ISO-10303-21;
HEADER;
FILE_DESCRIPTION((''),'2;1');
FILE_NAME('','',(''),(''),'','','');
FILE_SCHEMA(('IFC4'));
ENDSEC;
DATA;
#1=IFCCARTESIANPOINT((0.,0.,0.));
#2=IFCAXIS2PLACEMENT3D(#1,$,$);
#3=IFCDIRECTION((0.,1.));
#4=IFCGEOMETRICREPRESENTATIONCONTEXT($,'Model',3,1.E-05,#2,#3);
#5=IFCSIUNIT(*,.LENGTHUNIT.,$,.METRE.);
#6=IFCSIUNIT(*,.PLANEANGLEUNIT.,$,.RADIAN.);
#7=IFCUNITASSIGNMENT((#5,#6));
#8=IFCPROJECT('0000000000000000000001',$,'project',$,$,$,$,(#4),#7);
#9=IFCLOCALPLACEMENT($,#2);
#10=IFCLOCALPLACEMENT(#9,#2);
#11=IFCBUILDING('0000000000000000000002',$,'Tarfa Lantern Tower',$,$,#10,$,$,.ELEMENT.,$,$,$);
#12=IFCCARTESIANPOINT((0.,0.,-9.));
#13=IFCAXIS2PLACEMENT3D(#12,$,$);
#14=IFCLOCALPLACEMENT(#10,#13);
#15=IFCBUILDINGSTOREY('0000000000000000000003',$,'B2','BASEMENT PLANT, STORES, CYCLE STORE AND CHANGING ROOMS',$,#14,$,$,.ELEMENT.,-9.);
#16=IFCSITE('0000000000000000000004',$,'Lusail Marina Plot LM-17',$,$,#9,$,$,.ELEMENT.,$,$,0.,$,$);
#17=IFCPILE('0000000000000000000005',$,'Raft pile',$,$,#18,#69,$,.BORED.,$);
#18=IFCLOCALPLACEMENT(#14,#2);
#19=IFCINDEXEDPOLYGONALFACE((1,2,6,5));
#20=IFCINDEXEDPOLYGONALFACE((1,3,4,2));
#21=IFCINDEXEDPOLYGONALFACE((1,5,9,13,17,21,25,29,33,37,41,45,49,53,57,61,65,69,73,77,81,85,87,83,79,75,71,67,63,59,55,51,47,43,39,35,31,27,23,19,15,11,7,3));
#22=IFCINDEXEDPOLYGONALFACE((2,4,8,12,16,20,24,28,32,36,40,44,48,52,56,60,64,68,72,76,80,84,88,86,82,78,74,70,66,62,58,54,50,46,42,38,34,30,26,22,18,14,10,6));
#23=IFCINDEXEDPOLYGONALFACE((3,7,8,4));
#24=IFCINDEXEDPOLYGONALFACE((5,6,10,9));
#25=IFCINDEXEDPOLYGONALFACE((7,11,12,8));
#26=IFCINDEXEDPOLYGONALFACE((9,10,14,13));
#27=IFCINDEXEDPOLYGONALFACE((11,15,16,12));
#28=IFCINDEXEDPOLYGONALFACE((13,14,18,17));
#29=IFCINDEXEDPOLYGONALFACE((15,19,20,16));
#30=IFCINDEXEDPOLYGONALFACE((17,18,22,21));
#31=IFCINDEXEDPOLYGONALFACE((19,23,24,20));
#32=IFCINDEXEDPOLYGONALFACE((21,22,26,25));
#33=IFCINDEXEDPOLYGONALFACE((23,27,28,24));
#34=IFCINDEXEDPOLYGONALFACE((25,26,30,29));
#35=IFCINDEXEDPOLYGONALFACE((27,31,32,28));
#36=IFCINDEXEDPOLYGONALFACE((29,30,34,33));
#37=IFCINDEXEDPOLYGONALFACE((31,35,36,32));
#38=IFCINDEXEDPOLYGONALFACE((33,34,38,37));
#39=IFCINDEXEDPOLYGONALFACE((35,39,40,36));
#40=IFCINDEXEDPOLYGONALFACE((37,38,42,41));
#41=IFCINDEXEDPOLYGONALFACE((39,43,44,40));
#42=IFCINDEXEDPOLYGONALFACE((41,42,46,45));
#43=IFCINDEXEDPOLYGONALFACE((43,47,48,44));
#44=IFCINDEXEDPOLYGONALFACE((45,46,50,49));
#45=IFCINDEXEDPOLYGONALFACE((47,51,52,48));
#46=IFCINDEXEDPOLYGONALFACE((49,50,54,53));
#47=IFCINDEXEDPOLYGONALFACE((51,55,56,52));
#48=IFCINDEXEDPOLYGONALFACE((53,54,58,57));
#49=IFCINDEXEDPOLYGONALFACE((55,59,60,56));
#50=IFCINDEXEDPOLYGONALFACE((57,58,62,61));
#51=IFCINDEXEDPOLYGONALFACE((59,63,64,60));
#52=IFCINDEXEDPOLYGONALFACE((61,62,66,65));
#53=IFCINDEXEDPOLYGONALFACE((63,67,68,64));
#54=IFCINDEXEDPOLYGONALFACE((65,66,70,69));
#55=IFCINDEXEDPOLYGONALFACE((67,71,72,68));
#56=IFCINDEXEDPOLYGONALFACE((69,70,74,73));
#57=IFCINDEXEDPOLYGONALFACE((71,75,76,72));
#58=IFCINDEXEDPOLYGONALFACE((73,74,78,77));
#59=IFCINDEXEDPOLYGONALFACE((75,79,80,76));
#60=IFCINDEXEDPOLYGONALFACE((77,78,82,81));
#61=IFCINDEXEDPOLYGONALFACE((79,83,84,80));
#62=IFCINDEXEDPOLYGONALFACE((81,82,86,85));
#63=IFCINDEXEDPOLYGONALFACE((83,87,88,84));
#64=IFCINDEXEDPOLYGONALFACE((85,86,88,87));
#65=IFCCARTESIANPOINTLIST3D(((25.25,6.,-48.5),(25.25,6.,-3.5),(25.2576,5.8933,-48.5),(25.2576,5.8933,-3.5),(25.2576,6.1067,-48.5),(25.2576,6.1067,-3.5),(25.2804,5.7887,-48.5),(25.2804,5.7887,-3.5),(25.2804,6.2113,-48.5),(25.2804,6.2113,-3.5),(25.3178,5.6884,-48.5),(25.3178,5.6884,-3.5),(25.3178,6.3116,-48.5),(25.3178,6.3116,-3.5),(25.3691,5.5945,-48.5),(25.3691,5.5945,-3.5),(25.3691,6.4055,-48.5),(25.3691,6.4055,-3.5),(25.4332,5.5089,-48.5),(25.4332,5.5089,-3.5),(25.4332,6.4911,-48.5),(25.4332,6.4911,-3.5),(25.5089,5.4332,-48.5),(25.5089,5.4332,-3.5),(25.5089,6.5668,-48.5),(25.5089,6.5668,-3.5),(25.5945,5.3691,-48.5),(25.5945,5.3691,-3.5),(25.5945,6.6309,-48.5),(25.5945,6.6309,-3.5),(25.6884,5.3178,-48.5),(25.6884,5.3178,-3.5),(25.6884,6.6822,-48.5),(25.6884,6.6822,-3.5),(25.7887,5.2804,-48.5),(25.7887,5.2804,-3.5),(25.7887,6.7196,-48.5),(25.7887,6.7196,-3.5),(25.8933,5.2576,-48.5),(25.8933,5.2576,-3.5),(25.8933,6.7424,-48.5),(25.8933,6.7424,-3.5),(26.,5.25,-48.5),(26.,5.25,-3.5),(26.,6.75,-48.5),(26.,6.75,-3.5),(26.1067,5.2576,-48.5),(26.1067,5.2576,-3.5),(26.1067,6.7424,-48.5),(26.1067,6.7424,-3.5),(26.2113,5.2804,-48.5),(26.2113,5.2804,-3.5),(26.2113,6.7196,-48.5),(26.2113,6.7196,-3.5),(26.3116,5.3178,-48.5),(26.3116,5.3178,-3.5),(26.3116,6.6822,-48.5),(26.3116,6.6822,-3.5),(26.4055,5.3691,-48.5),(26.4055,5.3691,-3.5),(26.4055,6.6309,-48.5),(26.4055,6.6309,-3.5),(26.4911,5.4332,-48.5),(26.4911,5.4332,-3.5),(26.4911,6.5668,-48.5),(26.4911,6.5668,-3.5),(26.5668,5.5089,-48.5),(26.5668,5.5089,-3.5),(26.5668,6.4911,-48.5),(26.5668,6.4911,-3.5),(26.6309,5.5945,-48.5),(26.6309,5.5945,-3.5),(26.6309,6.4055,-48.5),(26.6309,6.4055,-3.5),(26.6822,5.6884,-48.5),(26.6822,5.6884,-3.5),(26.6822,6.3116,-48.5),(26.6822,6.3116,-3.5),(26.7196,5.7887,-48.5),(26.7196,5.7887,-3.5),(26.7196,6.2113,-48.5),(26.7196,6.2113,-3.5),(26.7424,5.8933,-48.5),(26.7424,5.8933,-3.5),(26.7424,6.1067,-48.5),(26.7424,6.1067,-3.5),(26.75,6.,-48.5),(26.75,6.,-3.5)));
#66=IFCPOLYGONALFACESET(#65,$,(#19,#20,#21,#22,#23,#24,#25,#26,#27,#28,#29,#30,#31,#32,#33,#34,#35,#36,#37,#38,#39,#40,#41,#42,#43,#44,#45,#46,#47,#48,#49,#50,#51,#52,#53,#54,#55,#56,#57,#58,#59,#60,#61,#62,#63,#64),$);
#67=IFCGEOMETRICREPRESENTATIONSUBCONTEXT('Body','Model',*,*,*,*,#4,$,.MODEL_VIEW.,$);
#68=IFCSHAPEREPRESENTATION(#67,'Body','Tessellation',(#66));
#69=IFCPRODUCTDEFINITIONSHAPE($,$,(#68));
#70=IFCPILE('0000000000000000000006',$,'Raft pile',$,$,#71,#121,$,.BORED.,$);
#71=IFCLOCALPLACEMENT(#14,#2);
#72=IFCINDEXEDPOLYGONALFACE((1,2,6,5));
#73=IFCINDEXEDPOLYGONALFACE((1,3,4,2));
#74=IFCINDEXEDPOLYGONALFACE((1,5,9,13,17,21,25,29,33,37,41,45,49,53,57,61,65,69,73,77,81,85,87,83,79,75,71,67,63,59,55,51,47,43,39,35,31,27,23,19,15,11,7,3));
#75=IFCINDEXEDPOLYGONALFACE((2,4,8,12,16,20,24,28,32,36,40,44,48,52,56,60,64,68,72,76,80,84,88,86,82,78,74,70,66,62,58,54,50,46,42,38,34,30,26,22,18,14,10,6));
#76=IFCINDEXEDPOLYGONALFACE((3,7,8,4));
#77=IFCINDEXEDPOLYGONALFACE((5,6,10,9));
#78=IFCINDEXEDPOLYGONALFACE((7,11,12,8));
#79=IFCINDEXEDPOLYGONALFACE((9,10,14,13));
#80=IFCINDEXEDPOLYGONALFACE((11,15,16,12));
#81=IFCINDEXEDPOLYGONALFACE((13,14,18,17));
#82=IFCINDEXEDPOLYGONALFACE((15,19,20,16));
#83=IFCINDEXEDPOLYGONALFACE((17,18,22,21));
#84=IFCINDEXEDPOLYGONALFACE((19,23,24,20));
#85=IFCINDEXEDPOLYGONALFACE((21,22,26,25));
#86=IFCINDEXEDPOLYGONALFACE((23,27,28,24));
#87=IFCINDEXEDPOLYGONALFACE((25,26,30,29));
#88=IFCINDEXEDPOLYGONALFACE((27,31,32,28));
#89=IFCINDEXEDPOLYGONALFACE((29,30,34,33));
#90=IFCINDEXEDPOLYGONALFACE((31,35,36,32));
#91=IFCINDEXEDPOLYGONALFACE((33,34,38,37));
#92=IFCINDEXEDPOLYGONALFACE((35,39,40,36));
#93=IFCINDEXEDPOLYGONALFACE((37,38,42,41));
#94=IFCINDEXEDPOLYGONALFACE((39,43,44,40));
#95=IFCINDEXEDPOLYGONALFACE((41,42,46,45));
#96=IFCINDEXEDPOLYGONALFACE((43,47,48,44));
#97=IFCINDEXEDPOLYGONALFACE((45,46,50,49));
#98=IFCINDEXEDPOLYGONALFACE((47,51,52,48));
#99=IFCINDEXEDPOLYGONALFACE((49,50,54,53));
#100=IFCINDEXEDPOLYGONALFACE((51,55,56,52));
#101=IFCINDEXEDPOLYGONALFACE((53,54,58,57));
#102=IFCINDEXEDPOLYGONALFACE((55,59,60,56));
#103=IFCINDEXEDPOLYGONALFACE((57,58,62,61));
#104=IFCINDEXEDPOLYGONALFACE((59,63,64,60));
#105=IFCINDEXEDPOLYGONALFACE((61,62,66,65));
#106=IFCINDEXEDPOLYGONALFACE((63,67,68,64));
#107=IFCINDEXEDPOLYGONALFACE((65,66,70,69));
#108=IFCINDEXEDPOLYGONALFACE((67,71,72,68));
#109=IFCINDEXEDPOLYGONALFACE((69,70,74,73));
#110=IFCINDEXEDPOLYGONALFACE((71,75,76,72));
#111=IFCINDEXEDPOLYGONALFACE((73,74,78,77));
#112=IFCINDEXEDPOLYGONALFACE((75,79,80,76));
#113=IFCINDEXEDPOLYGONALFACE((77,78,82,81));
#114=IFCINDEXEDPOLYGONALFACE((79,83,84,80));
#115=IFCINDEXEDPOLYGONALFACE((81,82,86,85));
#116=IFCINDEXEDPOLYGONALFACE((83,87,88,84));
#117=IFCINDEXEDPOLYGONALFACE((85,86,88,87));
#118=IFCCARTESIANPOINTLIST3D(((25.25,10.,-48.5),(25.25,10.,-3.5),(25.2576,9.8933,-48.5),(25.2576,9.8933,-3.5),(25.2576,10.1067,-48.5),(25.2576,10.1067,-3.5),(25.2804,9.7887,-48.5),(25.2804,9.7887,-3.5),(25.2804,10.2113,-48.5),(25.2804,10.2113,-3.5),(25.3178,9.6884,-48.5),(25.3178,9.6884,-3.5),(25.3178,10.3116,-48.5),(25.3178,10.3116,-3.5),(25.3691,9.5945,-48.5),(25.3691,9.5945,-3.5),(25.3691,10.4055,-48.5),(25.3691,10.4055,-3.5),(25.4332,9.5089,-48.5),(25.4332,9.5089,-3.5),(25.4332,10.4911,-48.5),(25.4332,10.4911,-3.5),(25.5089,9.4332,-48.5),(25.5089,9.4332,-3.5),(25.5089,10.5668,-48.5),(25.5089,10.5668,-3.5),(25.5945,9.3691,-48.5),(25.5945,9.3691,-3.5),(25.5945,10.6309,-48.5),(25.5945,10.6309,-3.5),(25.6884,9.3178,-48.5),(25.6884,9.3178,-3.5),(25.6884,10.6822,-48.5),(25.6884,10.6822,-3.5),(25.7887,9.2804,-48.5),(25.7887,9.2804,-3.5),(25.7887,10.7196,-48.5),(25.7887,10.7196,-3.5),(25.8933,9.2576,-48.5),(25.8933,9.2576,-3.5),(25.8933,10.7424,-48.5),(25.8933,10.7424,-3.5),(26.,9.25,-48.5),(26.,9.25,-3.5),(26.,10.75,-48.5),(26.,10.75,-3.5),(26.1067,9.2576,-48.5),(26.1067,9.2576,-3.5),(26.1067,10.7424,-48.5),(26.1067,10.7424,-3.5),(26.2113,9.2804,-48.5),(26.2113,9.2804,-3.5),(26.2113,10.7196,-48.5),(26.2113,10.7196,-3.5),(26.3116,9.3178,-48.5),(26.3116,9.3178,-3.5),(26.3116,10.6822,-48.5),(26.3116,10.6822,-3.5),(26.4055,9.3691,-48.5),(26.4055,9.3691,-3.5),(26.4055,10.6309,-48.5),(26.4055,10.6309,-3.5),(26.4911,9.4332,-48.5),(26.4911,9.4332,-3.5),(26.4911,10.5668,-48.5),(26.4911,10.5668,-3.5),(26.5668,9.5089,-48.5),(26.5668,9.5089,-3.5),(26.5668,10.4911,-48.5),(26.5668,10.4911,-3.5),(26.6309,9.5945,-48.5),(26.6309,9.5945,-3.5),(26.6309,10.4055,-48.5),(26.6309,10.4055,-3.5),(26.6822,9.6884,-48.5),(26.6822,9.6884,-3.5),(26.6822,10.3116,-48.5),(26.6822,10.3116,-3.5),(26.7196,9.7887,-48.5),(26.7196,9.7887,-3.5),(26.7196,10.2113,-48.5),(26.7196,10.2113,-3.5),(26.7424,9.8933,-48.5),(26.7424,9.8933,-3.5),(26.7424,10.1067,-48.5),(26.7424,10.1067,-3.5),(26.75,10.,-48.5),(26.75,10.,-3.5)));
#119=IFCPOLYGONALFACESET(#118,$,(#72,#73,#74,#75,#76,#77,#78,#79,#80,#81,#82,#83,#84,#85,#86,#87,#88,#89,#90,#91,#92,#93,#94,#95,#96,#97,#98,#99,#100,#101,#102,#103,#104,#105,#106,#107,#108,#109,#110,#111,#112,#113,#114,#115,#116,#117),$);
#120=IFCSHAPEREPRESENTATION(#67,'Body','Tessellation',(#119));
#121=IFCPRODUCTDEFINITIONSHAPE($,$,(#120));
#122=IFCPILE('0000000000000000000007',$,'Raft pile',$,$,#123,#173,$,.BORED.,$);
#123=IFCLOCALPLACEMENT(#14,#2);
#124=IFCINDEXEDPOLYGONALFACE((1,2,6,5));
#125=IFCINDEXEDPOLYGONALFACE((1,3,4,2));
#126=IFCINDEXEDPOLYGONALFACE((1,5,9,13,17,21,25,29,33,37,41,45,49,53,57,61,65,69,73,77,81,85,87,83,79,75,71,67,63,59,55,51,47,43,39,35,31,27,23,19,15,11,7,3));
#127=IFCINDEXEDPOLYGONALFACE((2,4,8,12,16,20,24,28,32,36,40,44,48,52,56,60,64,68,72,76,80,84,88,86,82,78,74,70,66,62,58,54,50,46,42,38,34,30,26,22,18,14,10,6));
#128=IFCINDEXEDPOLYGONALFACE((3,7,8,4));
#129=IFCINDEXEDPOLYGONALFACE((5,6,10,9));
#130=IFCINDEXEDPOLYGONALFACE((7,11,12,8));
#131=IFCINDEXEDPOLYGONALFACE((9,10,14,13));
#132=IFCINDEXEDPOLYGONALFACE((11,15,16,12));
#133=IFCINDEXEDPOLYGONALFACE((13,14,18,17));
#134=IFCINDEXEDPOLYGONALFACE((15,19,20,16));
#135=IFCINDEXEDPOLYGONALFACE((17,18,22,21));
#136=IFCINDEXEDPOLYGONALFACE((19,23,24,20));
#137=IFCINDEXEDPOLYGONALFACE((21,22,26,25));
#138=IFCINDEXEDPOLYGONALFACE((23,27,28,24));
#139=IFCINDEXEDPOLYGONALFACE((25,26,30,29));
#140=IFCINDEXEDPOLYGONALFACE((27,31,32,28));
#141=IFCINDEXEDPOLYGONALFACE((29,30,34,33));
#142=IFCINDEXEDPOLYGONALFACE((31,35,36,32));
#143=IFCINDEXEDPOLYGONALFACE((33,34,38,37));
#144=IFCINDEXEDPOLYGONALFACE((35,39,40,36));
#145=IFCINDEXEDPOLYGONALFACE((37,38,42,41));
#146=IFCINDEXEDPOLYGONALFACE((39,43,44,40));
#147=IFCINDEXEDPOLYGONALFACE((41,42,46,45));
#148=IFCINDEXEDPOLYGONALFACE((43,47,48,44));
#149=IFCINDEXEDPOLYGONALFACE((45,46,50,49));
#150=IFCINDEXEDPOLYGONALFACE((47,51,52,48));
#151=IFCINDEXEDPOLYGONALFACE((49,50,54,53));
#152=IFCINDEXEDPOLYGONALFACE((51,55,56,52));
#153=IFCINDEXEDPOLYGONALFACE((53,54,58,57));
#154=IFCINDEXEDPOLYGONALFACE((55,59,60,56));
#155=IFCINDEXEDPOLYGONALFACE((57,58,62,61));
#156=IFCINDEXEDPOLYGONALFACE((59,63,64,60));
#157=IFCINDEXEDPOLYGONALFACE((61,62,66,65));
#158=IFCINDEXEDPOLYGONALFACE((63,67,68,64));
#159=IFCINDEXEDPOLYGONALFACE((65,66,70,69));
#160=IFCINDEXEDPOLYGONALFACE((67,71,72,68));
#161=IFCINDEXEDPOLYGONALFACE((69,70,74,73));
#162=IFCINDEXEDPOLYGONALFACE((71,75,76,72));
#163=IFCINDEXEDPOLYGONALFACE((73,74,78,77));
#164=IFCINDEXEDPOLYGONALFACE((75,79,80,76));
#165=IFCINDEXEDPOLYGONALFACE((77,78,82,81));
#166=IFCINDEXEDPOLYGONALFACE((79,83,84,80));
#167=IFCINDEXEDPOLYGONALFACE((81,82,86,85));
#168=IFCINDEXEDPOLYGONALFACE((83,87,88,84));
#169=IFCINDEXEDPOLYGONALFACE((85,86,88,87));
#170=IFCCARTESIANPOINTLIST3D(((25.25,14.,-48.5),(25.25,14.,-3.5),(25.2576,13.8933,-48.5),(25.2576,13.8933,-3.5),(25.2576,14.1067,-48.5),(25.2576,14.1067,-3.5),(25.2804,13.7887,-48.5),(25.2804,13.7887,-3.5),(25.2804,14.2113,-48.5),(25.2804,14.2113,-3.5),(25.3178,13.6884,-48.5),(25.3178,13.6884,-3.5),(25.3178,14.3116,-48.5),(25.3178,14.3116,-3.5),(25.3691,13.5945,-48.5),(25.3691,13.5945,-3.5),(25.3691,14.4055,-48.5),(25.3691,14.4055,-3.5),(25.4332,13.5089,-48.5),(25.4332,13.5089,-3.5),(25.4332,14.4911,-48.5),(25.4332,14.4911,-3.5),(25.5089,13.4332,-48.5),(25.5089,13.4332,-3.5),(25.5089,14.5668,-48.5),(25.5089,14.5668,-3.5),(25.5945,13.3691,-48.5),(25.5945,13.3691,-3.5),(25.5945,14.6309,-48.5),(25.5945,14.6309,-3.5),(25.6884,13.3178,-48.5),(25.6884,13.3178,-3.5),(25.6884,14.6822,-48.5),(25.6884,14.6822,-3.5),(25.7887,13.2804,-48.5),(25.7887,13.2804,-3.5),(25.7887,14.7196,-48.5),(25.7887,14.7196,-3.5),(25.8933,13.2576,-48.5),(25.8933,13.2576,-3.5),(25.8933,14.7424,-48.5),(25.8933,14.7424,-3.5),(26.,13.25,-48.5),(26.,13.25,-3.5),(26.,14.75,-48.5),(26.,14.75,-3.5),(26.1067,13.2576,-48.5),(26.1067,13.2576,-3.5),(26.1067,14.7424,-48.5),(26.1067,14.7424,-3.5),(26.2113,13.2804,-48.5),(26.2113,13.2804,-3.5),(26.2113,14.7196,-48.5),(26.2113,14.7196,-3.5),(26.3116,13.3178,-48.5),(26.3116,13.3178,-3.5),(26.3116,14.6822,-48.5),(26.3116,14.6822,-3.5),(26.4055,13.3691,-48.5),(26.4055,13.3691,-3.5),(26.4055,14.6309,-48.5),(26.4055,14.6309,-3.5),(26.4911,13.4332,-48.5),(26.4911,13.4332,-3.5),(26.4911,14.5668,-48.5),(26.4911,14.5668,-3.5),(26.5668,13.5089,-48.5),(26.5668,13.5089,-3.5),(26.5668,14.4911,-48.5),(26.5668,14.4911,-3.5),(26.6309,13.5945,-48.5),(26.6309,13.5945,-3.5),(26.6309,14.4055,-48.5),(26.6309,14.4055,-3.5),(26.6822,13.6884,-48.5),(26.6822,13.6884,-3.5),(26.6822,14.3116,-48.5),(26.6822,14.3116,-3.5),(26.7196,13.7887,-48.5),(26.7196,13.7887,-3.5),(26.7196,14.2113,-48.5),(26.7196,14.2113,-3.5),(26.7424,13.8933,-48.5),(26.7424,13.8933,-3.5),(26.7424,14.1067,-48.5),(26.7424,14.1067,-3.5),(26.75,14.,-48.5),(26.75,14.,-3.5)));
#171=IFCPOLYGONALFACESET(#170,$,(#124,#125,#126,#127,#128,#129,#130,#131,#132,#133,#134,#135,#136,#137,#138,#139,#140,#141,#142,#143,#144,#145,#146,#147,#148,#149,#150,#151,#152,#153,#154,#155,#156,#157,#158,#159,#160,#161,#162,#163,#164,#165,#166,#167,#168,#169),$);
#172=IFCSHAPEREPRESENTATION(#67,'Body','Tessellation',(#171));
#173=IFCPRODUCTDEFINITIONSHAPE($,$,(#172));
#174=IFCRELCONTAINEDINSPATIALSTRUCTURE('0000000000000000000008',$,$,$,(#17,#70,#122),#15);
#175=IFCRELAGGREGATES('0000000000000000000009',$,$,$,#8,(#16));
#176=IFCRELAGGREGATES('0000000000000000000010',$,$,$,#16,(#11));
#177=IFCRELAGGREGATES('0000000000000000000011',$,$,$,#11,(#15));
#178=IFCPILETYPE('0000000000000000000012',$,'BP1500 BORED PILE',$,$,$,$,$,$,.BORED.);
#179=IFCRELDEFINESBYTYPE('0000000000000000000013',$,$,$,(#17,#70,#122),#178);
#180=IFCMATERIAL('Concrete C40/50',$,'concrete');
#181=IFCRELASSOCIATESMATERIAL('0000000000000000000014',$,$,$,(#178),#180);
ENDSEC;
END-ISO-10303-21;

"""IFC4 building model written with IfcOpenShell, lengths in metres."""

from ifc_helpers import new_model, si_unit, direction, frame, origin, origin_2d, place, context, subcontext, project, spatial, circle, extrude, material, material_profile, profile_set, type_object, element, save


model = new_model("IFC4")

# Units and contexts
model_context = context("Model", 3, precision=1e-05, world=origin(), true_north=direction((0.0, 1.0)))
body_context = subcontext(model_context, "Body", "Model", "MODEL_VIEW")
ifc_project = project(units=[si_unit("LENGTHUNIT", "METRE"), si_unit("PLANEANGLEUNIT", "RADIAN")], contexts=[model_context])

# Site, building, storey
site_placement = place(None, origin())
site = spatial("IfcSite", under=ifc_project, at=site_placement, Name="Lusail Marina Plot LM-17", CompositionType="ELEMENT", RefElevation=0.0)
building_placement = place(site_placement, origin())
building = spatial("IfcBuilding", under=site, at=building_placement, Name="Tarfa Lantern Tower", CompositionType="ELEMENT")
storey_placement = place(building_placement, frame((0.0, 0.0, -9.0)))
storey = spatial("IfcBuildingStorey", under=building, at=storey_placement, Name="B2", Description="BASEMENT PLANT, STORES, CYCLE STORE AND CHANGING ROOMS", CompositionType="ELEMENT", Elevation=-9.0)

# Piles
ifc_material_1 = material(Name="Concrete C40/50", Category="concrete")
ifc_material_profile_1 = material_profile(ifc_material_1, circle(Radius=0.75, at=origin_2d()), Name="BORED PILE D1500")
ifc_profile_set_1 = profile_set([ifc_material_profile_1], Name="Concrete C40/50")
pile_type = type_object("IfcPileType", Name="BP1500 BORED PILE", PredefinedType="BORED", material=ifc_profile_set_1)
for number, where, z_axis, x_axis, name in (
    (1, (26.0, 6.0, -3.5), (0.0, 0.0, -1.0), (1.0, 0.0, 0.0), "Raft pile"),
    (2, (26.0, 10.0, -3.5), (0.0, 0.0, -1.0), (1.0, 0.0, 0.0), "Raft pile"),
    (3, (26.0, 14.0, -3.5), (0.0, 0.0, -1.0), (1.0, 0.0, 0.0), "Raft pile"),
):
    element("IfcPile", number, at=place(storey_placement, frame(where, z_axis=z_axis, x_axis=x_axis)), inside=storey, type_object=pile_type, Name=name, PredefinedType="BORED", context=body_context, shape_type="SweptSolid", body=[
        extrude(circle(Radius=0.75, at=origin_2d()), origin(), (0.0, 0.0, 1.0), 45.0),
    ])

save(model, "model.ifc")
